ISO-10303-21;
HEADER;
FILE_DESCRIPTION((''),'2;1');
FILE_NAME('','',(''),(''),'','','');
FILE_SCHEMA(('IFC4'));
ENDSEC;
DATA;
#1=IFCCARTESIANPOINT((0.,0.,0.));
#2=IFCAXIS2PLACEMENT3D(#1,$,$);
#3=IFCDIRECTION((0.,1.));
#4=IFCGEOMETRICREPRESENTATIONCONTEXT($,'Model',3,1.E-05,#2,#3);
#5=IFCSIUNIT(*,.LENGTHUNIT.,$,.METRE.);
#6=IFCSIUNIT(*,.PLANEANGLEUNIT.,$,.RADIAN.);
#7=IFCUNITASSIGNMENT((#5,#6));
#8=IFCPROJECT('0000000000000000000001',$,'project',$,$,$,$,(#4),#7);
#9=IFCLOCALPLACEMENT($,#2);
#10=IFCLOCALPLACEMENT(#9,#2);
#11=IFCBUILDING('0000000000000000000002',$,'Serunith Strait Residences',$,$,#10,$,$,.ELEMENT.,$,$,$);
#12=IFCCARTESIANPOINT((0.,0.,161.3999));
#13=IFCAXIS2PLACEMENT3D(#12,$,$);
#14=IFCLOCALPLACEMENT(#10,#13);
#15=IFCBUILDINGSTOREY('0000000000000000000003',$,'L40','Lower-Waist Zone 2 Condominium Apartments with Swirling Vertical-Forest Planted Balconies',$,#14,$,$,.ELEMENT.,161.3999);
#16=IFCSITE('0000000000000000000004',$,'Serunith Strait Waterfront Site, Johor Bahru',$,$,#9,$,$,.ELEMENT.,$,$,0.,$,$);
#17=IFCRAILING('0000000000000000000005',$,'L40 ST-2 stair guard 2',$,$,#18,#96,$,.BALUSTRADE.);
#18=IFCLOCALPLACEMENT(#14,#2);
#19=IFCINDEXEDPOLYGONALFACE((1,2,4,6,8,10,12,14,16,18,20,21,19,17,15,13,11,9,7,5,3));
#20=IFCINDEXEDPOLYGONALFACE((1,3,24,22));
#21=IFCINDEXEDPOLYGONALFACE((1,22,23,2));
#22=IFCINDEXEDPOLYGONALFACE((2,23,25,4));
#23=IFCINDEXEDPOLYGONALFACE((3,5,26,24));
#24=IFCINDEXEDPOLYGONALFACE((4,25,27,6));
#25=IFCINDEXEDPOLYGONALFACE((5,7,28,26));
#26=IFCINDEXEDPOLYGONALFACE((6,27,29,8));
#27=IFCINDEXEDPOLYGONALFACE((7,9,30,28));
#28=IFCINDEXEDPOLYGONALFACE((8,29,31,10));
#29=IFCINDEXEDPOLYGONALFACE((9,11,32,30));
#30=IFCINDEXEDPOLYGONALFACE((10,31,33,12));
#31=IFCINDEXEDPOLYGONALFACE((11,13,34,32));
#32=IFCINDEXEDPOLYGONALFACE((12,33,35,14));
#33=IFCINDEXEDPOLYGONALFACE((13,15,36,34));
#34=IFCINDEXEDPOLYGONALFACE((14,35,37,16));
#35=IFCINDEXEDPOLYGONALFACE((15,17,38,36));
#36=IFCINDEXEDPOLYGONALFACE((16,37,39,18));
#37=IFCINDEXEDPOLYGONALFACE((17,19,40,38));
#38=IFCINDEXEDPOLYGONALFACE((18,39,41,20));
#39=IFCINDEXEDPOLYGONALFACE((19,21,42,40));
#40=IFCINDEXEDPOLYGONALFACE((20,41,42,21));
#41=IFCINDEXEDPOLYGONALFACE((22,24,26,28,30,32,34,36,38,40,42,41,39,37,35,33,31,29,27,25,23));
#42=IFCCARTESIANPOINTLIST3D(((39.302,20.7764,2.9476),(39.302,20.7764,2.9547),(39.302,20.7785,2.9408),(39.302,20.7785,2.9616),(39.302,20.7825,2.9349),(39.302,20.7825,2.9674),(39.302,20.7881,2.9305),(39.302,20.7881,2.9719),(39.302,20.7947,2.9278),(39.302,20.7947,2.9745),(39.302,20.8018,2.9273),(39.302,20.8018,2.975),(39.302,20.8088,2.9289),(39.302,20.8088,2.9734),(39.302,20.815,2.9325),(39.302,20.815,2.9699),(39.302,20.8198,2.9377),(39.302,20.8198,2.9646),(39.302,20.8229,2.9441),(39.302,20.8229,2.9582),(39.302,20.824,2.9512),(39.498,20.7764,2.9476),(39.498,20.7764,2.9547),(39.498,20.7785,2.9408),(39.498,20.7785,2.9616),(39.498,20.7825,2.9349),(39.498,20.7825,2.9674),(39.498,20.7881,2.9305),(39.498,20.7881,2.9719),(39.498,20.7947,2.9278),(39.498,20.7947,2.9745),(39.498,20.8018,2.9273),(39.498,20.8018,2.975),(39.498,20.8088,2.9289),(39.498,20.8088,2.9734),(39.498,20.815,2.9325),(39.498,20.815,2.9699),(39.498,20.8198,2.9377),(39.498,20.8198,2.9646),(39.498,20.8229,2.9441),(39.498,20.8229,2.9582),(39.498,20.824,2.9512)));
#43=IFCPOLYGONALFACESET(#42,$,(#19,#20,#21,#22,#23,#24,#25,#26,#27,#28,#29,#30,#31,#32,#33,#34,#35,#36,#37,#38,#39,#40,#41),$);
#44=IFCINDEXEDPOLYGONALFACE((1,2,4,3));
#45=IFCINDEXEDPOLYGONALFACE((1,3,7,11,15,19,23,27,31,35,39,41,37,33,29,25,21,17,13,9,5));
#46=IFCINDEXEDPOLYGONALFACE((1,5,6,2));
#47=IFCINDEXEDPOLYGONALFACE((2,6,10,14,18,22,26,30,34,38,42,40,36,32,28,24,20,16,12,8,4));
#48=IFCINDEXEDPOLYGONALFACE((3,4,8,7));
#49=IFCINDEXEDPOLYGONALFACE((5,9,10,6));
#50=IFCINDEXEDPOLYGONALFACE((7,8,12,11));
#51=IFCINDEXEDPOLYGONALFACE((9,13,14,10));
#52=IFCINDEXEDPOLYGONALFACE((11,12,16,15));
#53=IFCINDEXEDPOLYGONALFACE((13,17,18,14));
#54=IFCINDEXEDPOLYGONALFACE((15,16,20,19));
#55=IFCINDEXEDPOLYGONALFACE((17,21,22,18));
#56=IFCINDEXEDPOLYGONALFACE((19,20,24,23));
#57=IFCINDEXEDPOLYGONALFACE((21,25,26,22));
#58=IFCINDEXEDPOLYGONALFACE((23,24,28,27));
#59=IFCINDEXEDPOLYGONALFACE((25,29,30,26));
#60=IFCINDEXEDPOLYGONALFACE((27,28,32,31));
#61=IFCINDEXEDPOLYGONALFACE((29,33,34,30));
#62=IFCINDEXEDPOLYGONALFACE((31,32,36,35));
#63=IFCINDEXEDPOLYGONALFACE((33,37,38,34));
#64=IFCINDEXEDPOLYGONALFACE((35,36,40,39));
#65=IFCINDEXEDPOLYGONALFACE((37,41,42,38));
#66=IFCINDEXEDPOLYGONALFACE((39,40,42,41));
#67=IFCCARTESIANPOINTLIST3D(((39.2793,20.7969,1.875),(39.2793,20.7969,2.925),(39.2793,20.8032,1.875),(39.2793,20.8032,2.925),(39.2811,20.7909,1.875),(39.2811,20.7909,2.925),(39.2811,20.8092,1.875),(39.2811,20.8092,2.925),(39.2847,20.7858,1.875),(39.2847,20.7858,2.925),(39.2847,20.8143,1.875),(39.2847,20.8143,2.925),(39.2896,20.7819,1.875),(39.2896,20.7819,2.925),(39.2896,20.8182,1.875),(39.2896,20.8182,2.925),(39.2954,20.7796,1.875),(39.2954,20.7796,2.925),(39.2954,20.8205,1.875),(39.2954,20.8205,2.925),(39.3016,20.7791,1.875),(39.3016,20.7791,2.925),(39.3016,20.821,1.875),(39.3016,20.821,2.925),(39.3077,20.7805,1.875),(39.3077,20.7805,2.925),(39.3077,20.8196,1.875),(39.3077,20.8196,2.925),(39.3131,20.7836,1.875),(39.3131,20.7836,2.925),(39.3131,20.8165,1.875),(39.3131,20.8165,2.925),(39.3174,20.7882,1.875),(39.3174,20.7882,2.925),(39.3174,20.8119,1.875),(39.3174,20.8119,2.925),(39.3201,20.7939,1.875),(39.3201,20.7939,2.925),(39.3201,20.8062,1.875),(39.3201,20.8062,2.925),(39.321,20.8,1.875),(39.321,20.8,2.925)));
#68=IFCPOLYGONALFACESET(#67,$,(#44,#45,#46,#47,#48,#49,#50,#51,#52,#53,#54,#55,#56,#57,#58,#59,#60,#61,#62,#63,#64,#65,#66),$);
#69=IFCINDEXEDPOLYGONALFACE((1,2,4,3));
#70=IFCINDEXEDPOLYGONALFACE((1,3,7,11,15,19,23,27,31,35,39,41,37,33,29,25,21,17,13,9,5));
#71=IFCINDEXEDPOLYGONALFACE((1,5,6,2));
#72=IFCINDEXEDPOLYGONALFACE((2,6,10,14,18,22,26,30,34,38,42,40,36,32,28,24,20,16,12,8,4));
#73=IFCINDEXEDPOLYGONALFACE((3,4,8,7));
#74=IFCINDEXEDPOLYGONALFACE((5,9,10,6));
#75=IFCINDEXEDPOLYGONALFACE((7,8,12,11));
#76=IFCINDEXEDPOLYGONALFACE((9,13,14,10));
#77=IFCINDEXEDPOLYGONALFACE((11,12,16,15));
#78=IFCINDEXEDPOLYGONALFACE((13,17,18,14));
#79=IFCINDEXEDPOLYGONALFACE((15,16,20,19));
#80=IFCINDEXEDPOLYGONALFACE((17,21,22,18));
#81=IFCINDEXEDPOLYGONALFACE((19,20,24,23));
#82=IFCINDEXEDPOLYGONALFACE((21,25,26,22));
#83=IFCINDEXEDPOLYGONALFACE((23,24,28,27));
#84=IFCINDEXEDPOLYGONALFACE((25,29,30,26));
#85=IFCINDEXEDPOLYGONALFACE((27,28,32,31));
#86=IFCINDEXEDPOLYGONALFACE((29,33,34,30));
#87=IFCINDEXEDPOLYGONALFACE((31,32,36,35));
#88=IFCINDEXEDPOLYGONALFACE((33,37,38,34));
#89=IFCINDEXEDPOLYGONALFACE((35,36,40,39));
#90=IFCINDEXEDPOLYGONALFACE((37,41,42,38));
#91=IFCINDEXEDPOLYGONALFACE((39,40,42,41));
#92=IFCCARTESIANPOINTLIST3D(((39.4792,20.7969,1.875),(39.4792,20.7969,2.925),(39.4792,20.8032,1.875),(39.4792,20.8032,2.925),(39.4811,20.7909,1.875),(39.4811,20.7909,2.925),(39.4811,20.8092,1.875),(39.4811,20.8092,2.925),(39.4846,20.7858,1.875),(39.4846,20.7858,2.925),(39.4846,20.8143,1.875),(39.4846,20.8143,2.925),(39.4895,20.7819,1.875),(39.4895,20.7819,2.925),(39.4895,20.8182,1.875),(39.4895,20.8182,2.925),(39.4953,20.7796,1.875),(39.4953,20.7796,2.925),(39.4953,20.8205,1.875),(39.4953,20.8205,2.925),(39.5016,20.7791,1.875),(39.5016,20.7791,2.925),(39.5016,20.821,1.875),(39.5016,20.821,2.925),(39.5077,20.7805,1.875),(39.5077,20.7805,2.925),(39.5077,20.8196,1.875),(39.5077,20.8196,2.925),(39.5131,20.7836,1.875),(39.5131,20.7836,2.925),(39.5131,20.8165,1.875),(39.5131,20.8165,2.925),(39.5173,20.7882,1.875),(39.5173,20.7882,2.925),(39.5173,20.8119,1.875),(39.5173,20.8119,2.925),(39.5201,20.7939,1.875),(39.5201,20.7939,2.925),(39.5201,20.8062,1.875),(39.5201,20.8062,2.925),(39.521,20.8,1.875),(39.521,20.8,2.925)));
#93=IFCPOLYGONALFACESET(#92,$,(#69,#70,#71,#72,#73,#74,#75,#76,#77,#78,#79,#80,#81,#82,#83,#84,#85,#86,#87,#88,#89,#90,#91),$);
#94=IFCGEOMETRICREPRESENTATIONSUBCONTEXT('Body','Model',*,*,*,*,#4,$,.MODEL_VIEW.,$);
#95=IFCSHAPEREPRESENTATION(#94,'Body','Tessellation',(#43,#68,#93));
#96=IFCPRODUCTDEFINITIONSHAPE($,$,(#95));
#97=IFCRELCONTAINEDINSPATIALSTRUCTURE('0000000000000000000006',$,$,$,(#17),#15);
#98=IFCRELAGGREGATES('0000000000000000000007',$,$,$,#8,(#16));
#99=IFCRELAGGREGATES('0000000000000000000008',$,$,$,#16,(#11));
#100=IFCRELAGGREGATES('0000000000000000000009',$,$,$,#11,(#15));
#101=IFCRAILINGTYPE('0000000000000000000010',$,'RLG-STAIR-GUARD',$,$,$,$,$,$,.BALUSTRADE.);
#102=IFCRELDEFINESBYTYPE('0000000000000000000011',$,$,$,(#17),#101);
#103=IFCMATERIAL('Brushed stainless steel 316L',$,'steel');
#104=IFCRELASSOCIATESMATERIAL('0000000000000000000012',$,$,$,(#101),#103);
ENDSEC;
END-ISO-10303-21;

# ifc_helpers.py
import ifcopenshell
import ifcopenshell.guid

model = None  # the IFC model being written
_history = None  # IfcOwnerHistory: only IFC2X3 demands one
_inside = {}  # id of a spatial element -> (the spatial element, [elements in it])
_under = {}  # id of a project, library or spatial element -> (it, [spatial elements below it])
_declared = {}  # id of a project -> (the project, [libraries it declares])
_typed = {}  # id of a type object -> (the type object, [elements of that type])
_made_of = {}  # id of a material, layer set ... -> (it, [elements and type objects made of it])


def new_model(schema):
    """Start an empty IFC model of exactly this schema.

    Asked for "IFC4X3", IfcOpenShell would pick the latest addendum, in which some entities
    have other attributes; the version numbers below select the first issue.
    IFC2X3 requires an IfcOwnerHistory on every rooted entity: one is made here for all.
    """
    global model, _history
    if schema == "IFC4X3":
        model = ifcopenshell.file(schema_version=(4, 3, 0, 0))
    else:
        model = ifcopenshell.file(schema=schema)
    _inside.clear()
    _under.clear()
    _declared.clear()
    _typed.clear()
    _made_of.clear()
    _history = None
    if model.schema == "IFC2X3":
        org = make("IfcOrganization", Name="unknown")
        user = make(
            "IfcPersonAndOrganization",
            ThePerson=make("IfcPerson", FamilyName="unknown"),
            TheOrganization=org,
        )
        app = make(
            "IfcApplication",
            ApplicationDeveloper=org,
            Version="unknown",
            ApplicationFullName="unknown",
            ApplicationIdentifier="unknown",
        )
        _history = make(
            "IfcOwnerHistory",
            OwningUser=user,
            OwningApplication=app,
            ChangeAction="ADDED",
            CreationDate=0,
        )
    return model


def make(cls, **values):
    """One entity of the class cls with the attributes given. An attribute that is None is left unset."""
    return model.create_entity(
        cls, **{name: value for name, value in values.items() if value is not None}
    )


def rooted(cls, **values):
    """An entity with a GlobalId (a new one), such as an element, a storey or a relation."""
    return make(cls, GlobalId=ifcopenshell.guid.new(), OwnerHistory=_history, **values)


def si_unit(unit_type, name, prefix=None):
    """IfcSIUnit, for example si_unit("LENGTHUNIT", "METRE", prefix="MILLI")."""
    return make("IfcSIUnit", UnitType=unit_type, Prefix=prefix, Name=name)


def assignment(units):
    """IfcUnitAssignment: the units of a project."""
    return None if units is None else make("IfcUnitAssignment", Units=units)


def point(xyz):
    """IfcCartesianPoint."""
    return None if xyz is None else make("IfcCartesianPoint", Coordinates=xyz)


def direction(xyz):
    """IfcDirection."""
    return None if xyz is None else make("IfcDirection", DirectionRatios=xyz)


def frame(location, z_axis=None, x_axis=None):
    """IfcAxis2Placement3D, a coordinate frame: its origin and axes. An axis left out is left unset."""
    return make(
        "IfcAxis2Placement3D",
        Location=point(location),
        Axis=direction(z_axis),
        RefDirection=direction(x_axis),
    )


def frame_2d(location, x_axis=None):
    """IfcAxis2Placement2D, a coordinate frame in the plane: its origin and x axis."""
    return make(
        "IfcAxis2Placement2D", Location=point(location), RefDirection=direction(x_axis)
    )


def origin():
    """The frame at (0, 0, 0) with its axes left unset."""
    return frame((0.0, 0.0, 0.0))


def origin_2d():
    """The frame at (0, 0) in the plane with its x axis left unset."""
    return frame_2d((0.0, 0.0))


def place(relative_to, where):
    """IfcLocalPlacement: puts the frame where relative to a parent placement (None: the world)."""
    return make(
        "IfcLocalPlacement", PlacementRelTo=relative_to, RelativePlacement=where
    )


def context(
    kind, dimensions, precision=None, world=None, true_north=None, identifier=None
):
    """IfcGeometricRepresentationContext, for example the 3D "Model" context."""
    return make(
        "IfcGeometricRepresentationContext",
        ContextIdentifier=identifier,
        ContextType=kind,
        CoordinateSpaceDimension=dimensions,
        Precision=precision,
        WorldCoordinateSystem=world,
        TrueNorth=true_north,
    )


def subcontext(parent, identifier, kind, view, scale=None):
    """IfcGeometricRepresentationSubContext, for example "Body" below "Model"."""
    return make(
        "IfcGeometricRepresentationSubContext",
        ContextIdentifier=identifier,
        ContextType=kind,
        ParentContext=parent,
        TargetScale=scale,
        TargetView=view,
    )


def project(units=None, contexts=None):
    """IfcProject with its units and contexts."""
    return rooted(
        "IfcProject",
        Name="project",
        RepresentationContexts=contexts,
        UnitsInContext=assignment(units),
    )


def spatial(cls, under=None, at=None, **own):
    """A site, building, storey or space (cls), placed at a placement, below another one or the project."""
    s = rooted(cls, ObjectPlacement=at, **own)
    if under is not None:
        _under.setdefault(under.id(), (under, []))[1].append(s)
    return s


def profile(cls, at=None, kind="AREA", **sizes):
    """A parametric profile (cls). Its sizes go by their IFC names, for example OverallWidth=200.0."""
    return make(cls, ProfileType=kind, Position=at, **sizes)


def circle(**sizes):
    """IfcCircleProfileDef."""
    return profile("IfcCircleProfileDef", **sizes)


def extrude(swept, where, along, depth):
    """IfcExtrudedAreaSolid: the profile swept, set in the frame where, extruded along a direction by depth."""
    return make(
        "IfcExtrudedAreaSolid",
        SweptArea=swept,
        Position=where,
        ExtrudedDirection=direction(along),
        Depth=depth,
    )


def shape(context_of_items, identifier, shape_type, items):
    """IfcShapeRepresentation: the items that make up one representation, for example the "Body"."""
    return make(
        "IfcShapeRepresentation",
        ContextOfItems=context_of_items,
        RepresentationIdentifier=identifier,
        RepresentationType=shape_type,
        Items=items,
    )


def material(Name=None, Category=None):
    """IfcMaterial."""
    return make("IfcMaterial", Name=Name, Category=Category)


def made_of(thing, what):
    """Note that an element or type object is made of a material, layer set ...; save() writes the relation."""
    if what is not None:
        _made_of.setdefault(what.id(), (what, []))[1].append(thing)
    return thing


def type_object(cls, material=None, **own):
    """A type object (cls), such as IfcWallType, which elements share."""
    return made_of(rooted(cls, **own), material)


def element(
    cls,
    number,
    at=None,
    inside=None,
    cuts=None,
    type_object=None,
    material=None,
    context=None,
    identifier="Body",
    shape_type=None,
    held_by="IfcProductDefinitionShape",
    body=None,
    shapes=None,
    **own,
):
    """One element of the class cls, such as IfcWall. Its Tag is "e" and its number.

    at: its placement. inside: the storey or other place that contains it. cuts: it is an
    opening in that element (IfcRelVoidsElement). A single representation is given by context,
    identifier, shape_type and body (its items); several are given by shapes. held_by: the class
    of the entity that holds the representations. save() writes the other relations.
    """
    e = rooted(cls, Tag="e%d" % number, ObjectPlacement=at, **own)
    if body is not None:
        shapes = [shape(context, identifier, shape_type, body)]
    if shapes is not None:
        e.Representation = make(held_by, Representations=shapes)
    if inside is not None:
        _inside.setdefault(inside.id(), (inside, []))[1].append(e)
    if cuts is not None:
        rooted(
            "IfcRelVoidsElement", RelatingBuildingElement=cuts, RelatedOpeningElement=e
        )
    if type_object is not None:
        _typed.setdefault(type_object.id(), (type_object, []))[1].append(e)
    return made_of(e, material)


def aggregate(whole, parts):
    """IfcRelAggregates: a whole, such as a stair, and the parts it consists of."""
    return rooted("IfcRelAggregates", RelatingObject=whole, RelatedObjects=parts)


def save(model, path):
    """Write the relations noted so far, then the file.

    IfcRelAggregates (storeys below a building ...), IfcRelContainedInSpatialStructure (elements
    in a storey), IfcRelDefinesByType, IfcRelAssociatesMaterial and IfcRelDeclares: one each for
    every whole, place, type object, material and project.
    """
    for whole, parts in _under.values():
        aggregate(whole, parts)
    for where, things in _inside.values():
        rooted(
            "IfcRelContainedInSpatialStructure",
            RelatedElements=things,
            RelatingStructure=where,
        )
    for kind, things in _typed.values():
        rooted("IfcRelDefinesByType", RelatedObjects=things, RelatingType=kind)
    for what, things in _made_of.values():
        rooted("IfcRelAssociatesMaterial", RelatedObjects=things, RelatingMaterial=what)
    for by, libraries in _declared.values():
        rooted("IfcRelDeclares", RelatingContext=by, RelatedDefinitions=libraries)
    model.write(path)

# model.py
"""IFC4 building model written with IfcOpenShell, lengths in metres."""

from ifc_helpers import new_model, si_unit, direction, frame, origin, origin_2d, place, context, subcontext, project, spatial, circle, extrude, material, type_object, element, save


model = new_model("IFC4")

# Units and contexts
model_context = context("Model", 3, precision=1e-05, world=origin(), true_north=direction((0.0, 1.0)))
body_context = subcontext(model_context, "Body", "Model", "MODEL_VIEW")
ifc_project = project(units=[si_unit("LENGTHUNIT", "METRE"), si_unit("PLANEANGLEUNIT", "RADIAN")], contexts=[model_context])

# Site, building, storey
site_placement = place(None, origin())
site = spatial("IfcSite", under=ifc_project, at=site_placement, Name="Serunith Strait Waterfront Site, Johor Bahru", CompositionType="ELEMENT", RefElevation=0.0)
building_placement = place(site_placement, origin())
building = spatial("IfcBuilding", under=site, at=building_placement, Name="Serunith Strait Residences", CompositionType="ELEMENT")
storey_placement = place(building_placement, frame((0.0, 0.0, 161.3999)))
storey = spatial("IfcBuildingStorey", under=building, at=storey_placement, Name="L40", Description="Lower-Waist Zone 2 Condominium Apartments with Swirling Vertical-Forest Planted Balconies", CompositionType="ELEMENT", Elevation=161.3999)

# Railing
ifc_material_1 = material(Name="Brushed stainless steel 316L", Category="steel")
railing_type_1 = type_object("IfcRailingType", Name="RLG-STAIR-GUARD", PredefinedType="BALUSTRADE", material=ifc_material_1)
railing_1_placement = place(storey_placement, frame((39.3, 20.8, 1.875)))
element("IfcRailing", 1, at=railing_1_placement, inside=storey, type_object=railing_type_1, Name="L40 ST-2 stair guard 2", PredefinedType="BALUSTRADE", context=body_context, shape_type="SweptSolid", body=[
    extrude(circle(Radius=0.0239, at=origin_2d()), frame((0.002, 0.0, 1.0762), z_axis=(1.0, 0.0, 0.0), x_axis=(0.0, 1.0, 0.0)), (0.0, 0.0, 1.0), 0.196),
    extrude(circle(Radius=0.021, at=origin_2d()), origin(), (0.0, 0.0, 1.0), 1.05),
    extrude(circle(Radius=0.021, at=origin_2d()), frame((0.2, 0.0, 0.0)), (0.0, 0.0, 1.0), 1.05),
])

save(model, "model.ifc")
